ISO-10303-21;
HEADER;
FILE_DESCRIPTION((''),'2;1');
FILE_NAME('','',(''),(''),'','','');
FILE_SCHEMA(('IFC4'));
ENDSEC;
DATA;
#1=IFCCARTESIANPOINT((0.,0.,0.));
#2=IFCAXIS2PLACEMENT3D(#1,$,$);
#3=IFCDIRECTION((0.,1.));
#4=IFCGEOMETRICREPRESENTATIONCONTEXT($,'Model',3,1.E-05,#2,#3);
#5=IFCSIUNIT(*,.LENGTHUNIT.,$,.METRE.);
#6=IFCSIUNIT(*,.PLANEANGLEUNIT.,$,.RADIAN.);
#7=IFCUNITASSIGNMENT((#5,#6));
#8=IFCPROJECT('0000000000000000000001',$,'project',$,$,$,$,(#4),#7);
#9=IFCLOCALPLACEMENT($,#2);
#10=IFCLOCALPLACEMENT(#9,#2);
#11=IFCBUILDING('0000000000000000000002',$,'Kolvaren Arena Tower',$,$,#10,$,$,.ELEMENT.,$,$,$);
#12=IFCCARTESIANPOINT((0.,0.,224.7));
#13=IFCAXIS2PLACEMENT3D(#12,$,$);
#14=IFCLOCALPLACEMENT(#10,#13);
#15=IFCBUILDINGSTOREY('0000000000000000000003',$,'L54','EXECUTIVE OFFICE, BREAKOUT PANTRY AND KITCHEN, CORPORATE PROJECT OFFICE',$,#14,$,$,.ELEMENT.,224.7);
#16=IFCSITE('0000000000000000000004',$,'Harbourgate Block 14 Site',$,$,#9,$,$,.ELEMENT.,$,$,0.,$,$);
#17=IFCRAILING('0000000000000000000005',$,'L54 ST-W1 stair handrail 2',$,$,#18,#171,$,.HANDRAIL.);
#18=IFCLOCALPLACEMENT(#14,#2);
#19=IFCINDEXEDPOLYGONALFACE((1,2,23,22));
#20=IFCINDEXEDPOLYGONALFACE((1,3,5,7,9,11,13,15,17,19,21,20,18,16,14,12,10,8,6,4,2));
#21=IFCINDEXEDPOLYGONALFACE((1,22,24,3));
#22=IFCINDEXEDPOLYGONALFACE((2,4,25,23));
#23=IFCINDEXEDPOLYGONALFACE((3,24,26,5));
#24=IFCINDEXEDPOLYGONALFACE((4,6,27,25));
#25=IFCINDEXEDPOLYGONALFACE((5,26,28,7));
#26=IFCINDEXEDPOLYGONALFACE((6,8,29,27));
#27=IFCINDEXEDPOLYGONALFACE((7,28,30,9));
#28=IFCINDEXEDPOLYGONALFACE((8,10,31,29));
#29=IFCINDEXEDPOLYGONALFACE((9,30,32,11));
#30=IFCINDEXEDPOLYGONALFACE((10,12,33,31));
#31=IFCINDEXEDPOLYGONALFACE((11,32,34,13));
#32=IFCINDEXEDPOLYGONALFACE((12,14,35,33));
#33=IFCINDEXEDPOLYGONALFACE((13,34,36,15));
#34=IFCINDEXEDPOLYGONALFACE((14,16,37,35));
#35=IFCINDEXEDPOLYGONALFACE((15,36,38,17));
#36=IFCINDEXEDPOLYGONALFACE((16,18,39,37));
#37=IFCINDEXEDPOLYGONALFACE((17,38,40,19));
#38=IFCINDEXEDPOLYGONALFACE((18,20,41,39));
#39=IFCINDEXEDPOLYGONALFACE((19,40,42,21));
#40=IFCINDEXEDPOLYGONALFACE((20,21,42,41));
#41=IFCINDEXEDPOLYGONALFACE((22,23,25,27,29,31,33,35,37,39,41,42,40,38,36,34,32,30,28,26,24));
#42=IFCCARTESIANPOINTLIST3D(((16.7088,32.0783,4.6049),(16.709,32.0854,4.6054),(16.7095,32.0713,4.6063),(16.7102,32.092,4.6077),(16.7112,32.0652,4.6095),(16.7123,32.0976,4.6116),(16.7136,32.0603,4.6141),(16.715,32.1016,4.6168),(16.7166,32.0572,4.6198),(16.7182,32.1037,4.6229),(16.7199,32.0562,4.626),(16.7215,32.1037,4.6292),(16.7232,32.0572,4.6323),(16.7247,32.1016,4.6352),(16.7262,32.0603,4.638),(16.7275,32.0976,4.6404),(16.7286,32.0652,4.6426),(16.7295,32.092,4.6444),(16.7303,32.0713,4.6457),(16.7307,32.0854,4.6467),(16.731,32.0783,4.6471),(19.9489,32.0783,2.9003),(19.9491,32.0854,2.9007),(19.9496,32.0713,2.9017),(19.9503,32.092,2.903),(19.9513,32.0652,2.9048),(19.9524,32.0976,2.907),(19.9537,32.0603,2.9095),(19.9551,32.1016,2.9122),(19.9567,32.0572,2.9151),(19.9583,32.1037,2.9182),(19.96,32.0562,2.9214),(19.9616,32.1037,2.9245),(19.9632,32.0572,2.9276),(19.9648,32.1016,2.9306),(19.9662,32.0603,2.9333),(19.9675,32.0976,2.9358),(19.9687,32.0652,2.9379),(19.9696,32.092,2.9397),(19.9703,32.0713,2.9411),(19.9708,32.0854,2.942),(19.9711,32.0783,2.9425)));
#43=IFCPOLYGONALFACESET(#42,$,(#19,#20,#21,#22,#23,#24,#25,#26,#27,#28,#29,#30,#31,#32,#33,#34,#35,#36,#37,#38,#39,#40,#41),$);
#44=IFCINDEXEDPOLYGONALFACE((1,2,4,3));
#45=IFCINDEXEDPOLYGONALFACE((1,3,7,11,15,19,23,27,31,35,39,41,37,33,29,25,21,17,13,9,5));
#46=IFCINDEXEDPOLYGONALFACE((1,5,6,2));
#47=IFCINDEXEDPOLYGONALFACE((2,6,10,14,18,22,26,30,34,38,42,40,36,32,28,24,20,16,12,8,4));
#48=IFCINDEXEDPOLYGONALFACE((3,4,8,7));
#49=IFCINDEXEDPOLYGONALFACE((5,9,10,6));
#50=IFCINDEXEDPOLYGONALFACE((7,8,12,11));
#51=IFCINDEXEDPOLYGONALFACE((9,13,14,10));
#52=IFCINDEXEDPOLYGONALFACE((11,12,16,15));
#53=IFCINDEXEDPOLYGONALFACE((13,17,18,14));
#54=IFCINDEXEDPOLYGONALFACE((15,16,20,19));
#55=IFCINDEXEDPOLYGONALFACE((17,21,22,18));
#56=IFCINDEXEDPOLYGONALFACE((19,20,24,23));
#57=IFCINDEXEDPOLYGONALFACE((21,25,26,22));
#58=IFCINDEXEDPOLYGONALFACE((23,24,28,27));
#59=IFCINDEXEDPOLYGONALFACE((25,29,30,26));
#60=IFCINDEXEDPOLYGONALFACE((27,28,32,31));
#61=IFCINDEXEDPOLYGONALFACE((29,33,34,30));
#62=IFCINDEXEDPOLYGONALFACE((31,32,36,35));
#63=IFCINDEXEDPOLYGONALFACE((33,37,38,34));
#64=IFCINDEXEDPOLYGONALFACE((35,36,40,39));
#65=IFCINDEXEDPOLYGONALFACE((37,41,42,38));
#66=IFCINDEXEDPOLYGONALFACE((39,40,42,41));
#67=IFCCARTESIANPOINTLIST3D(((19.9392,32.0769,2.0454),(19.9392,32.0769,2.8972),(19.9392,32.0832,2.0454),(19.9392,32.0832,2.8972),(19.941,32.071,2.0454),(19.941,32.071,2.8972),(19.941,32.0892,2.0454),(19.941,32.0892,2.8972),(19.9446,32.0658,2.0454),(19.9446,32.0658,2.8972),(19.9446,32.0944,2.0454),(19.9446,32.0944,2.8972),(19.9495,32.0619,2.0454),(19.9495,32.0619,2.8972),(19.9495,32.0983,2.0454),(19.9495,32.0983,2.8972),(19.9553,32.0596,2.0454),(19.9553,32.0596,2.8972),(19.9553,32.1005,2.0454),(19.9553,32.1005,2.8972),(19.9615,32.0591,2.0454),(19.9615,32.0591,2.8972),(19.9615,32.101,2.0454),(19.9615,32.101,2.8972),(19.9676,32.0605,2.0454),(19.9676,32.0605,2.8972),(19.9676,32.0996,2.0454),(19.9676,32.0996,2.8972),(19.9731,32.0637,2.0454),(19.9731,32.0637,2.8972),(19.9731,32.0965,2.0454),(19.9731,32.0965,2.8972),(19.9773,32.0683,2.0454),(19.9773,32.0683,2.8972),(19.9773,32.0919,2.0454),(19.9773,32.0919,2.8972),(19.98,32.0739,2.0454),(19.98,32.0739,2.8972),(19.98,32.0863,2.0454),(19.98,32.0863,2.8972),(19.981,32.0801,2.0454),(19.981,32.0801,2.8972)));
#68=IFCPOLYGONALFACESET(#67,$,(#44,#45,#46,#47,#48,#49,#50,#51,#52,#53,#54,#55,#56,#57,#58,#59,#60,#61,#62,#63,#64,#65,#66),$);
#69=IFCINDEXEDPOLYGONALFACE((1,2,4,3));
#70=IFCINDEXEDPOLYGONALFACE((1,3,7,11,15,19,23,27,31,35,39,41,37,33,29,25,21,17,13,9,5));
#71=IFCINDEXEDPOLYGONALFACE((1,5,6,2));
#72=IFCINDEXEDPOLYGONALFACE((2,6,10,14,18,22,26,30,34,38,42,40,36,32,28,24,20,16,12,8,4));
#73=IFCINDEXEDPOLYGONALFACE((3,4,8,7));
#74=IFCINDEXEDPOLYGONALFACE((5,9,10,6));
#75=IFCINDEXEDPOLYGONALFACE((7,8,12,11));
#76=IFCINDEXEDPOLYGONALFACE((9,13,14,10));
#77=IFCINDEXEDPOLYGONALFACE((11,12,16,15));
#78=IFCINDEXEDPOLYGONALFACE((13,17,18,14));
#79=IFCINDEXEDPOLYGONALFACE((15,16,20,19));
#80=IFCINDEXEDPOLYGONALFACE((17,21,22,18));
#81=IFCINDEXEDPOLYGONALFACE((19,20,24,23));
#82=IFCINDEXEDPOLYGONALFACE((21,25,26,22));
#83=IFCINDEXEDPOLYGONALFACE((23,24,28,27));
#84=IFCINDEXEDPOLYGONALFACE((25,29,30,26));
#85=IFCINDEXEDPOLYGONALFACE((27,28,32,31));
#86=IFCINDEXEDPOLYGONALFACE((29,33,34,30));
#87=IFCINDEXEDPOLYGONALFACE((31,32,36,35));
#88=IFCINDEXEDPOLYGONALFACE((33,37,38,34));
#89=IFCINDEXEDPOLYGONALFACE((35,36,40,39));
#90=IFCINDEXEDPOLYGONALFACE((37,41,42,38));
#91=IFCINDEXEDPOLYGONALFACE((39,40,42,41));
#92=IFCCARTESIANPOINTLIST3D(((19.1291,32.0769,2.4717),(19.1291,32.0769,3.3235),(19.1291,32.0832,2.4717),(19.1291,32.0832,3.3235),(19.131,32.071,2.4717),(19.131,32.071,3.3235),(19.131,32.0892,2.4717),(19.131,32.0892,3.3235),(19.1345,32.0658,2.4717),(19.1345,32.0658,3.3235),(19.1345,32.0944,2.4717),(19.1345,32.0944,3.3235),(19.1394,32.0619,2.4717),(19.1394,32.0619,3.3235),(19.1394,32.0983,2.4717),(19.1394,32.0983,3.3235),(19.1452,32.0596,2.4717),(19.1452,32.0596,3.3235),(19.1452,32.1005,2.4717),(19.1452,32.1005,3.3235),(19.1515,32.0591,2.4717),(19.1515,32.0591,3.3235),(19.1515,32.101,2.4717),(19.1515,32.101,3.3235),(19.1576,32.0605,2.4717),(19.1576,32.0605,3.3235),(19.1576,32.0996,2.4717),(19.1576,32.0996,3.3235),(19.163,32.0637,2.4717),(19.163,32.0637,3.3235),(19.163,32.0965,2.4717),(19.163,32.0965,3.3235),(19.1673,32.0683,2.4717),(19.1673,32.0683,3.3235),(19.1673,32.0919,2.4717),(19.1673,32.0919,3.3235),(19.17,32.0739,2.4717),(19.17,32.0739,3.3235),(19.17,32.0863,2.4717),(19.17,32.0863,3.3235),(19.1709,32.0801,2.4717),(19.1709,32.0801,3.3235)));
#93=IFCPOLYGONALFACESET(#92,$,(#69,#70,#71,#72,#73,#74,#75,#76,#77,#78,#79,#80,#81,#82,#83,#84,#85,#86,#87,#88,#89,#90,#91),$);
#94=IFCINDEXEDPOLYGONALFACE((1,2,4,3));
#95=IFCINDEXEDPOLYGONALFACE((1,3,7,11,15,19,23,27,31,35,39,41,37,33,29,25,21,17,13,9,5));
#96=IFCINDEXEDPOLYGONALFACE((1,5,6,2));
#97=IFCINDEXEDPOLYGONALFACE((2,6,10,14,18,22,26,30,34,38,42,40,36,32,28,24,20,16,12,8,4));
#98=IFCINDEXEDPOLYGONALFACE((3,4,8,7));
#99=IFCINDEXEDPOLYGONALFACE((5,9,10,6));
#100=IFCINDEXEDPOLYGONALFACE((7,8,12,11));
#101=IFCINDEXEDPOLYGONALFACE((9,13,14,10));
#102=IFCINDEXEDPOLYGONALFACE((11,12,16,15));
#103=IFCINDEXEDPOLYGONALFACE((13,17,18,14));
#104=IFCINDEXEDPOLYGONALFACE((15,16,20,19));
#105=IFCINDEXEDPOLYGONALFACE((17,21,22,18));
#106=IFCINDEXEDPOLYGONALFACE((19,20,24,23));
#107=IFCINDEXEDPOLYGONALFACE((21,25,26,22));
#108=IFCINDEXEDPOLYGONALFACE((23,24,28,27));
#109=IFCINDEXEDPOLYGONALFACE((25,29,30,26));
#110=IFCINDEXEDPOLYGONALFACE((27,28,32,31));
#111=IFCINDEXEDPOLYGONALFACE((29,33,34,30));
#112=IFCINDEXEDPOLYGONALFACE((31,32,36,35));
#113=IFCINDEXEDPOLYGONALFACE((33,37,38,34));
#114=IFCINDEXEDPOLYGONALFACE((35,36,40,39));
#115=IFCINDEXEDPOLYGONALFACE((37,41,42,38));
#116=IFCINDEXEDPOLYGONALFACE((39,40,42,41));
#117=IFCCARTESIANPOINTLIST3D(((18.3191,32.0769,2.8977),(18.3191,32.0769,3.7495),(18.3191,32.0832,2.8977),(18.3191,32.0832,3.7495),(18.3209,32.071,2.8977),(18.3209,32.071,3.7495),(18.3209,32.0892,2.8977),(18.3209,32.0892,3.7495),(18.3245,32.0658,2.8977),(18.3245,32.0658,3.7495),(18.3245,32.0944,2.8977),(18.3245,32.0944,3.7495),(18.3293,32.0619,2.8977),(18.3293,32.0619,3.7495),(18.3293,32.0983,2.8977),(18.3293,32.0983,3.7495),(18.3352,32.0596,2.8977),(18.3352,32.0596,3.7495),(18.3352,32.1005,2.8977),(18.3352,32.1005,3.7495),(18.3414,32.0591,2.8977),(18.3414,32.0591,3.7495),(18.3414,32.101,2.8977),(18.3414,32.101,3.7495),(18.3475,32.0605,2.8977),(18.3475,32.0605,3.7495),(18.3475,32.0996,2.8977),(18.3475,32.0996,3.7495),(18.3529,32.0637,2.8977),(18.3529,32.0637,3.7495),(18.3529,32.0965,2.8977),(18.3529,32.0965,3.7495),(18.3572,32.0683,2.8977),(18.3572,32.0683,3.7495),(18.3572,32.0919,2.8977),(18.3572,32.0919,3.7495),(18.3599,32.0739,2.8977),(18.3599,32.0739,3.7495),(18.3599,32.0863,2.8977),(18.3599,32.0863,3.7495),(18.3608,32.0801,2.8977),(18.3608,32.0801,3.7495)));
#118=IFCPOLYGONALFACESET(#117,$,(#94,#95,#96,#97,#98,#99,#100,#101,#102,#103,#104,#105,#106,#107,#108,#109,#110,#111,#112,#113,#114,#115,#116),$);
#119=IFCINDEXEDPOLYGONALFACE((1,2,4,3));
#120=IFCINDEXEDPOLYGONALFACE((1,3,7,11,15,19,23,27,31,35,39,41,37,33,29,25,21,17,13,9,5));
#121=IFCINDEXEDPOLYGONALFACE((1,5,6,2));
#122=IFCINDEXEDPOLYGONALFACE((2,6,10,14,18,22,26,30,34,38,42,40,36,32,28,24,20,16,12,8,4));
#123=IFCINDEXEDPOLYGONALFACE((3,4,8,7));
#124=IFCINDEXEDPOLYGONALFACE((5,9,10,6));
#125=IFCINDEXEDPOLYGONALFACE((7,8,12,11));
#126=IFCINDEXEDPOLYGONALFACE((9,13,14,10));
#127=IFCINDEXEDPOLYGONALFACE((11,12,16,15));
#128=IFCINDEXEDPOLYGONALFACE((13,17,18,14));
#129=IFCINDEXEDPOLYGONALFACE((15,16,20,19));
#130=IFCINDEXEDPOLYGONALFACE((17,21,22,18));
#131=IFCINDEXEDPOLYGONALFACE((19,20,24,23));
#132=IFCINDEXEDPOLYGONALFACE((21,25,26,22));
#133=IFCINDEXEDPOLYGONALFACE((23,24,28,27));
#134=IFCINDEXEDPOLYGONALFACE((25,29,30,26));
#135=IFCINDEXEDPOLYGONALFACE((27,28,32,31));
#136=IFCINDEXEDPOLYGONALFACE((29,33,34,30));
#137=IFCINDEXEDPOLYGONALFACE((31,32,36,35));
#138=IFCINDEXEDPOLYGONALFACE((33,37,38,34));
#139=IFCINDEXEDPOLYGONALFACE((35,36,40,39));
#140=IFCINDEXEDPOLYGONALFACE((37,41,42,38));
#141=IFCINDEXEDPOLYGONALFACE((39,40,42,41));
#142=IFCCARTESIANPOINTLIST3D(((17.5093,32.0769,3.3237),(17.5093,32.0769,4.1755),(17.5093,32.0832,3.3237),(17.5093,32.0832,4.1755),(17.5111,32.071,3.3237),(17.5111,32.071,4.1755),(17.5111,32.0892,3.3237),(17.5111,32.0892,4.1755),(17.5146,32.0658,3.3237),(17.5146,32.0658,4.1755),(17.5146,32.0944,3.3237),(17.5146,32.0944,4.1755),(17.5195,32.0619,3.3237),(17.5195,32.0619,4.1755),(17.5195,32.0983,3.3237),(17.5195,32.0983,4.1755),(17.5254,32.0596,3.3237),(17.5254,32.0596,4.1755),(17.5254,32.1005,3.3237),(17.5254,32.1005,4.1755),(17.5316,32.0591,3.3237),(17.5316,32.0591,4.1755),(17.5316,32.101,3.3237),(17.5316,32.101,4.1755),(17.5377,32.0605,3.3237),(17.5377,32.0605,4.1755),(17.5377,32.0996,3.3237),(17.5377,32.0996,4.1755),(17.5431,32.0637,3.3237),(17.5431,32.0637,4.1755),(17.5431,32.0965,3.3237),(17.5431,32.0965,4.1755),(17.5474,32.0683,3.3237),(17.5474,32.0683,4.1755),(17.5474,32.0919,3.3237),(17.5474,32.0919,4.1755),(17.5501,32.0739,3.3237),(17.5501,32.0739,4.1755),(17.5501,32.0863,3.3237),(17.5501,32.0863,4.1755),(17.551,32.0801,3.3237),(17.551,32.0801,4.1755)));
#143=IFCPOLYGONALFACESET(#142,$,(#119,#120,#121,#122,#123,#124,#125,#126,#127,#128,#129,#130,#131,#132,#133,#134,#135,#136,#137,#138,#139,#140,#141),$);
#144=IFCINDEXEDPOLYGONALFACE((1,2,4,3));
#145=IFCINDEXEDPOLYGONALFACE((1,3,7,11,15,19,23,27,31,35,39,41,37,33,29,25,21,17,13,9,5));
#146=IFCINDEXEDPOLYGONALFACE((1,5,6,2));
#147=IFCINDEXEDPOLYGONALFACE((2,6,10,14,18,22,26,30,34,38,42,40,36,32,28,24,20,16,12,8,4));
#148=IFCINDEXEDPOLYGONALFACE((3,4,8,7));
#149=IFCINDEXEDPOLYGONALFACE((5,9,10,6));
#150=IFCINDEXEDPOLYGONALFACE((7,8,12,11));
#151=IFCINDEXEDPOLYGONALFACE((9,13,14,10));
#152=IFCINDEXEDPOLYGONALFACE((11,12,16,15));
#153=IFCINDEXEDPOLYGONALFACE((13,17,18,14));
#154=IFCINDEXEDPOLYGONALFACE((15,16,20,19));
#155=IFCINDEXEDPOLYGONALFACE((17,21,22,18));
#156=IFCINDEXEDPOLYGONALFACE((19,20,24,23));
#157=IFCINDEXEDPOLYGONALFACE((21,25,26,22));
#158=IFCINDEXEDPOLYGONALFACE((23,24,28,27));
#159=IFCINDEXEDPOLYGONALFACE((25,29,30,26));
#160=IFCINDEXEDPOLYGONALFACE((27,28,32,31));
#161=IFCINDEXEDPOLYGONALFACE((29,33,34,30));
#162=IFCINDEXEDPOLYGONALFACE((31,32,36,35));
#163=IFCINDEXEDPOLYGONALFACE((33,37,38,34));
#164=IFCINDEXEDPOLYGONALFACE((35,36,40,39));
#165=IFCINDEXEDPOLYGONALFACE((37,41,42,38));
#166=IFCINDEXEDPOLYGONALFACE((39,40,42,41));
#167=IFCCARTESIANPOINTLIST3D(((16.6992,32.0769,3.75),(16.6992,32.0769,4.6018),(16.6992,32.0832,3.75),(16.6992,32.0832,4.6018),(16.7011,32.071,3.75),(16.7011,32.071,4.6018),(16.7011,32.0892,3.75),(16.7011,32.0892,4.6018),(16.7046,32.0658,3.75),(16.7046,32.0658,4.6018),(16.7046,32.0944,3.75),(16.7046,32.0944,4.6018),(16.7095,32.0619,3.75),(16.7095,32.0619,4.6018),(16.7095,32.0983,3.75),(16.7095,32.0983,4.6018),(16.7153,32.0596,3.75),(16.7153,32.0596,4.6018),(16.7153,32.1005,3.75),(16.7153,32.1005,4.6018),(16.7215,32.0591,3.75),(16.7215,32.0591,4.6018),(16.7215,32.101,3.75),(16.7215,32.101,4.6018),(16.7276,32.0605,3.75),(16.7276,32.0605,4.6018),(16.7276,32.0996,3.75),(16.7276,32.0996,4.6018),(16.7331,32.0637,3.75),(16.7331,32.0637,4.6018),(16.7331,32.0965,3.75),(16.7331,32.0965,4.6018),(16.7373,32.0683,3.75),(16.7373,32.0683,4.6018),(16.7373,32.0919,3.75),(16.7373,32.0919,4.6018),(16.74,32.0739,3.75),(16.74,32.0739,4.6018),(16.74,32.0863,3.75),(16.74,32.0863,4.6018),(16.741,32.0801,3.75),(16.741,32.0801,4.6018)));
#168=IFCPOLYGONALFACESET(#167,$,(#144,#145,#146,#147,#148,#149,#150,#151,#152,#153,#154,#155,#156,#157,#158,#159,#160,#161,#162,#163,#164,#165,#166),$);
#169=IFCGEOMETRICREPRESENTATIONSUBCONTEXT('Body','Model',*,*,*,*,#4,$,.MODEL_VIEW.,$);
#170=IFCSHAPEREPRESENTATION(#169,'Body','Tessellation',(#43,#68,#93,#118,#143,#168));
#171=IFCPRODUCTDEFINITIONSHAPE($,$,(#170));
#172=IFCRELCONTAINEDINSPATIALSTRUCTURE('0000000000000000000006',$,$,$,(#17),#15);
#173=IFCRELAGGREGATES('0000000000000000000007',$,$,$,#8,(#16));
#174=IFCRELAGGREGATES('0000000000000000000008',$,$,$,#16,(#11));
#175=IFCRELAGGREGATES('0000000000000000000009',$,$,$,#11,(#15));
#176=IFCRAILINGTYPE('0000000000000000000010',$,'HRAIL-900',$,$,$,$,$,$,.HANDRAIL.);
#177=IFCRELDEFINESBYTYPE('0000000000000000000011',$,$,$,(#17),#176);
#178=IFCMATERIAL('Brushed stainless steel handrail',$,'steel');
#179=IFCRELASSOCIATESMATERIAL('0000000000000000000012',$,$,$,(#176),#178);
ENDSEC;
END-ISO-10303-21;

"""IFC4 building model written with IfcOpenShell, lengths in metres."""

from ifc_helpers import new_model, si_unit, direction, frame, origin, origin_2d, place, context, subcontext, project, spatial, circle, extrude, material, type_object, element, save


model = new_model("IFC4")

# Units and contexts
model_context = context("Model", 3, precision=1e-05, world=origin(), true_north=direction((0.0, 1.0)))
body_context = subcontext(model_context, "Body", "Model", "MODEL_VIEW")
ifc_project = project(units=[si_unit("LENGTHUNIT", "METRE"), si_unit("PLANEANGLEUNIT", "RADIAN")], contexts=[model_context])

# Site, building, storey
site_placement = place(None, origin())
site = spatial("IfcSite", under=ifc_project, at=site_placement, Name="Harbourgate Block 14 Site", CompositionType="ELEMENT", RefElevation=0.0)
building_placement = place(site_placement, origin())
building = spatial("IfcBuilding", under=site, at=building_placement, Name="Kolvaren Arena Tower", CompositionType="ELEMENT")
storey_placement = place(building_placement, frame((0.0, 0.0, 224.7)))
storey = spatial("IfcBuildingStorey", under=building, at=storey_placement, Name="L54", Description="EXECUTIVE OFFICE, BREAKOUT PANTRY AND KITCHEN, CORPORATE PROJECT OFFICE", CompositionType="ELEMENT", Elevation=224.7)

# Railing
ifc_material_1 = material(Name="Brushed stainless steel handrail", Category="steel")
railing_type_1 = type_object("IfcRailingType", Name="HRAIL-900", PredefinedType="HANDRAIL", material=ifc_material_1)
railing_1_placement = place(storey_placement, frame((19.96, 32.0801, 2.0454)))
element("IfcRailing", 1, at=railing_1_placement, inside=storey, type_object=railing_type_1, Name="L54 ST-W1 stair handrail 2", PredefinedType="HANDRAIL", context=body_context, shape_type="SweptSolid", body=[
    extrude(circle(Radius=0.0239, at=origin_2d()), frame((0.0, 0.0, 0.876), z_axis=(-0.884993, 0.0, 0.465604), x_axis=(0.0, -1.0, 0.0)), (0.0, 0.0, 1.0), 3.6611),
    extrude(circle(Radius=0.021, at=origin_2d()), origin(), (0.0, 0.0, 1.0), 0.8518),
    extrude(circle(Radius=0.021, at=origin_2d()), frame((-0.8101, 0.0, 0.4263)), (0.0, 0.0, 1.0), 0.8518),
    extrude(circle(Radius=0.021, at=origin_2d()), frame((-1.6201, 0.0, 0.8523)), (0.0, 0.0, 1.0), 0.8518),
    extrude(circle(Radius=0.021, at=origin_2d()), frame((-2.4299, 0.0, 1.2783)), (0.0, 0.0, 1.0), 0.8518),
    extrude(circle(Radius=0.021, at=origin_2d()), frame((-3.24, 0.0, 1.7046)), (0.0, 0.0, 1.0), 0.8518),
])

save(model, "model.ifc")
